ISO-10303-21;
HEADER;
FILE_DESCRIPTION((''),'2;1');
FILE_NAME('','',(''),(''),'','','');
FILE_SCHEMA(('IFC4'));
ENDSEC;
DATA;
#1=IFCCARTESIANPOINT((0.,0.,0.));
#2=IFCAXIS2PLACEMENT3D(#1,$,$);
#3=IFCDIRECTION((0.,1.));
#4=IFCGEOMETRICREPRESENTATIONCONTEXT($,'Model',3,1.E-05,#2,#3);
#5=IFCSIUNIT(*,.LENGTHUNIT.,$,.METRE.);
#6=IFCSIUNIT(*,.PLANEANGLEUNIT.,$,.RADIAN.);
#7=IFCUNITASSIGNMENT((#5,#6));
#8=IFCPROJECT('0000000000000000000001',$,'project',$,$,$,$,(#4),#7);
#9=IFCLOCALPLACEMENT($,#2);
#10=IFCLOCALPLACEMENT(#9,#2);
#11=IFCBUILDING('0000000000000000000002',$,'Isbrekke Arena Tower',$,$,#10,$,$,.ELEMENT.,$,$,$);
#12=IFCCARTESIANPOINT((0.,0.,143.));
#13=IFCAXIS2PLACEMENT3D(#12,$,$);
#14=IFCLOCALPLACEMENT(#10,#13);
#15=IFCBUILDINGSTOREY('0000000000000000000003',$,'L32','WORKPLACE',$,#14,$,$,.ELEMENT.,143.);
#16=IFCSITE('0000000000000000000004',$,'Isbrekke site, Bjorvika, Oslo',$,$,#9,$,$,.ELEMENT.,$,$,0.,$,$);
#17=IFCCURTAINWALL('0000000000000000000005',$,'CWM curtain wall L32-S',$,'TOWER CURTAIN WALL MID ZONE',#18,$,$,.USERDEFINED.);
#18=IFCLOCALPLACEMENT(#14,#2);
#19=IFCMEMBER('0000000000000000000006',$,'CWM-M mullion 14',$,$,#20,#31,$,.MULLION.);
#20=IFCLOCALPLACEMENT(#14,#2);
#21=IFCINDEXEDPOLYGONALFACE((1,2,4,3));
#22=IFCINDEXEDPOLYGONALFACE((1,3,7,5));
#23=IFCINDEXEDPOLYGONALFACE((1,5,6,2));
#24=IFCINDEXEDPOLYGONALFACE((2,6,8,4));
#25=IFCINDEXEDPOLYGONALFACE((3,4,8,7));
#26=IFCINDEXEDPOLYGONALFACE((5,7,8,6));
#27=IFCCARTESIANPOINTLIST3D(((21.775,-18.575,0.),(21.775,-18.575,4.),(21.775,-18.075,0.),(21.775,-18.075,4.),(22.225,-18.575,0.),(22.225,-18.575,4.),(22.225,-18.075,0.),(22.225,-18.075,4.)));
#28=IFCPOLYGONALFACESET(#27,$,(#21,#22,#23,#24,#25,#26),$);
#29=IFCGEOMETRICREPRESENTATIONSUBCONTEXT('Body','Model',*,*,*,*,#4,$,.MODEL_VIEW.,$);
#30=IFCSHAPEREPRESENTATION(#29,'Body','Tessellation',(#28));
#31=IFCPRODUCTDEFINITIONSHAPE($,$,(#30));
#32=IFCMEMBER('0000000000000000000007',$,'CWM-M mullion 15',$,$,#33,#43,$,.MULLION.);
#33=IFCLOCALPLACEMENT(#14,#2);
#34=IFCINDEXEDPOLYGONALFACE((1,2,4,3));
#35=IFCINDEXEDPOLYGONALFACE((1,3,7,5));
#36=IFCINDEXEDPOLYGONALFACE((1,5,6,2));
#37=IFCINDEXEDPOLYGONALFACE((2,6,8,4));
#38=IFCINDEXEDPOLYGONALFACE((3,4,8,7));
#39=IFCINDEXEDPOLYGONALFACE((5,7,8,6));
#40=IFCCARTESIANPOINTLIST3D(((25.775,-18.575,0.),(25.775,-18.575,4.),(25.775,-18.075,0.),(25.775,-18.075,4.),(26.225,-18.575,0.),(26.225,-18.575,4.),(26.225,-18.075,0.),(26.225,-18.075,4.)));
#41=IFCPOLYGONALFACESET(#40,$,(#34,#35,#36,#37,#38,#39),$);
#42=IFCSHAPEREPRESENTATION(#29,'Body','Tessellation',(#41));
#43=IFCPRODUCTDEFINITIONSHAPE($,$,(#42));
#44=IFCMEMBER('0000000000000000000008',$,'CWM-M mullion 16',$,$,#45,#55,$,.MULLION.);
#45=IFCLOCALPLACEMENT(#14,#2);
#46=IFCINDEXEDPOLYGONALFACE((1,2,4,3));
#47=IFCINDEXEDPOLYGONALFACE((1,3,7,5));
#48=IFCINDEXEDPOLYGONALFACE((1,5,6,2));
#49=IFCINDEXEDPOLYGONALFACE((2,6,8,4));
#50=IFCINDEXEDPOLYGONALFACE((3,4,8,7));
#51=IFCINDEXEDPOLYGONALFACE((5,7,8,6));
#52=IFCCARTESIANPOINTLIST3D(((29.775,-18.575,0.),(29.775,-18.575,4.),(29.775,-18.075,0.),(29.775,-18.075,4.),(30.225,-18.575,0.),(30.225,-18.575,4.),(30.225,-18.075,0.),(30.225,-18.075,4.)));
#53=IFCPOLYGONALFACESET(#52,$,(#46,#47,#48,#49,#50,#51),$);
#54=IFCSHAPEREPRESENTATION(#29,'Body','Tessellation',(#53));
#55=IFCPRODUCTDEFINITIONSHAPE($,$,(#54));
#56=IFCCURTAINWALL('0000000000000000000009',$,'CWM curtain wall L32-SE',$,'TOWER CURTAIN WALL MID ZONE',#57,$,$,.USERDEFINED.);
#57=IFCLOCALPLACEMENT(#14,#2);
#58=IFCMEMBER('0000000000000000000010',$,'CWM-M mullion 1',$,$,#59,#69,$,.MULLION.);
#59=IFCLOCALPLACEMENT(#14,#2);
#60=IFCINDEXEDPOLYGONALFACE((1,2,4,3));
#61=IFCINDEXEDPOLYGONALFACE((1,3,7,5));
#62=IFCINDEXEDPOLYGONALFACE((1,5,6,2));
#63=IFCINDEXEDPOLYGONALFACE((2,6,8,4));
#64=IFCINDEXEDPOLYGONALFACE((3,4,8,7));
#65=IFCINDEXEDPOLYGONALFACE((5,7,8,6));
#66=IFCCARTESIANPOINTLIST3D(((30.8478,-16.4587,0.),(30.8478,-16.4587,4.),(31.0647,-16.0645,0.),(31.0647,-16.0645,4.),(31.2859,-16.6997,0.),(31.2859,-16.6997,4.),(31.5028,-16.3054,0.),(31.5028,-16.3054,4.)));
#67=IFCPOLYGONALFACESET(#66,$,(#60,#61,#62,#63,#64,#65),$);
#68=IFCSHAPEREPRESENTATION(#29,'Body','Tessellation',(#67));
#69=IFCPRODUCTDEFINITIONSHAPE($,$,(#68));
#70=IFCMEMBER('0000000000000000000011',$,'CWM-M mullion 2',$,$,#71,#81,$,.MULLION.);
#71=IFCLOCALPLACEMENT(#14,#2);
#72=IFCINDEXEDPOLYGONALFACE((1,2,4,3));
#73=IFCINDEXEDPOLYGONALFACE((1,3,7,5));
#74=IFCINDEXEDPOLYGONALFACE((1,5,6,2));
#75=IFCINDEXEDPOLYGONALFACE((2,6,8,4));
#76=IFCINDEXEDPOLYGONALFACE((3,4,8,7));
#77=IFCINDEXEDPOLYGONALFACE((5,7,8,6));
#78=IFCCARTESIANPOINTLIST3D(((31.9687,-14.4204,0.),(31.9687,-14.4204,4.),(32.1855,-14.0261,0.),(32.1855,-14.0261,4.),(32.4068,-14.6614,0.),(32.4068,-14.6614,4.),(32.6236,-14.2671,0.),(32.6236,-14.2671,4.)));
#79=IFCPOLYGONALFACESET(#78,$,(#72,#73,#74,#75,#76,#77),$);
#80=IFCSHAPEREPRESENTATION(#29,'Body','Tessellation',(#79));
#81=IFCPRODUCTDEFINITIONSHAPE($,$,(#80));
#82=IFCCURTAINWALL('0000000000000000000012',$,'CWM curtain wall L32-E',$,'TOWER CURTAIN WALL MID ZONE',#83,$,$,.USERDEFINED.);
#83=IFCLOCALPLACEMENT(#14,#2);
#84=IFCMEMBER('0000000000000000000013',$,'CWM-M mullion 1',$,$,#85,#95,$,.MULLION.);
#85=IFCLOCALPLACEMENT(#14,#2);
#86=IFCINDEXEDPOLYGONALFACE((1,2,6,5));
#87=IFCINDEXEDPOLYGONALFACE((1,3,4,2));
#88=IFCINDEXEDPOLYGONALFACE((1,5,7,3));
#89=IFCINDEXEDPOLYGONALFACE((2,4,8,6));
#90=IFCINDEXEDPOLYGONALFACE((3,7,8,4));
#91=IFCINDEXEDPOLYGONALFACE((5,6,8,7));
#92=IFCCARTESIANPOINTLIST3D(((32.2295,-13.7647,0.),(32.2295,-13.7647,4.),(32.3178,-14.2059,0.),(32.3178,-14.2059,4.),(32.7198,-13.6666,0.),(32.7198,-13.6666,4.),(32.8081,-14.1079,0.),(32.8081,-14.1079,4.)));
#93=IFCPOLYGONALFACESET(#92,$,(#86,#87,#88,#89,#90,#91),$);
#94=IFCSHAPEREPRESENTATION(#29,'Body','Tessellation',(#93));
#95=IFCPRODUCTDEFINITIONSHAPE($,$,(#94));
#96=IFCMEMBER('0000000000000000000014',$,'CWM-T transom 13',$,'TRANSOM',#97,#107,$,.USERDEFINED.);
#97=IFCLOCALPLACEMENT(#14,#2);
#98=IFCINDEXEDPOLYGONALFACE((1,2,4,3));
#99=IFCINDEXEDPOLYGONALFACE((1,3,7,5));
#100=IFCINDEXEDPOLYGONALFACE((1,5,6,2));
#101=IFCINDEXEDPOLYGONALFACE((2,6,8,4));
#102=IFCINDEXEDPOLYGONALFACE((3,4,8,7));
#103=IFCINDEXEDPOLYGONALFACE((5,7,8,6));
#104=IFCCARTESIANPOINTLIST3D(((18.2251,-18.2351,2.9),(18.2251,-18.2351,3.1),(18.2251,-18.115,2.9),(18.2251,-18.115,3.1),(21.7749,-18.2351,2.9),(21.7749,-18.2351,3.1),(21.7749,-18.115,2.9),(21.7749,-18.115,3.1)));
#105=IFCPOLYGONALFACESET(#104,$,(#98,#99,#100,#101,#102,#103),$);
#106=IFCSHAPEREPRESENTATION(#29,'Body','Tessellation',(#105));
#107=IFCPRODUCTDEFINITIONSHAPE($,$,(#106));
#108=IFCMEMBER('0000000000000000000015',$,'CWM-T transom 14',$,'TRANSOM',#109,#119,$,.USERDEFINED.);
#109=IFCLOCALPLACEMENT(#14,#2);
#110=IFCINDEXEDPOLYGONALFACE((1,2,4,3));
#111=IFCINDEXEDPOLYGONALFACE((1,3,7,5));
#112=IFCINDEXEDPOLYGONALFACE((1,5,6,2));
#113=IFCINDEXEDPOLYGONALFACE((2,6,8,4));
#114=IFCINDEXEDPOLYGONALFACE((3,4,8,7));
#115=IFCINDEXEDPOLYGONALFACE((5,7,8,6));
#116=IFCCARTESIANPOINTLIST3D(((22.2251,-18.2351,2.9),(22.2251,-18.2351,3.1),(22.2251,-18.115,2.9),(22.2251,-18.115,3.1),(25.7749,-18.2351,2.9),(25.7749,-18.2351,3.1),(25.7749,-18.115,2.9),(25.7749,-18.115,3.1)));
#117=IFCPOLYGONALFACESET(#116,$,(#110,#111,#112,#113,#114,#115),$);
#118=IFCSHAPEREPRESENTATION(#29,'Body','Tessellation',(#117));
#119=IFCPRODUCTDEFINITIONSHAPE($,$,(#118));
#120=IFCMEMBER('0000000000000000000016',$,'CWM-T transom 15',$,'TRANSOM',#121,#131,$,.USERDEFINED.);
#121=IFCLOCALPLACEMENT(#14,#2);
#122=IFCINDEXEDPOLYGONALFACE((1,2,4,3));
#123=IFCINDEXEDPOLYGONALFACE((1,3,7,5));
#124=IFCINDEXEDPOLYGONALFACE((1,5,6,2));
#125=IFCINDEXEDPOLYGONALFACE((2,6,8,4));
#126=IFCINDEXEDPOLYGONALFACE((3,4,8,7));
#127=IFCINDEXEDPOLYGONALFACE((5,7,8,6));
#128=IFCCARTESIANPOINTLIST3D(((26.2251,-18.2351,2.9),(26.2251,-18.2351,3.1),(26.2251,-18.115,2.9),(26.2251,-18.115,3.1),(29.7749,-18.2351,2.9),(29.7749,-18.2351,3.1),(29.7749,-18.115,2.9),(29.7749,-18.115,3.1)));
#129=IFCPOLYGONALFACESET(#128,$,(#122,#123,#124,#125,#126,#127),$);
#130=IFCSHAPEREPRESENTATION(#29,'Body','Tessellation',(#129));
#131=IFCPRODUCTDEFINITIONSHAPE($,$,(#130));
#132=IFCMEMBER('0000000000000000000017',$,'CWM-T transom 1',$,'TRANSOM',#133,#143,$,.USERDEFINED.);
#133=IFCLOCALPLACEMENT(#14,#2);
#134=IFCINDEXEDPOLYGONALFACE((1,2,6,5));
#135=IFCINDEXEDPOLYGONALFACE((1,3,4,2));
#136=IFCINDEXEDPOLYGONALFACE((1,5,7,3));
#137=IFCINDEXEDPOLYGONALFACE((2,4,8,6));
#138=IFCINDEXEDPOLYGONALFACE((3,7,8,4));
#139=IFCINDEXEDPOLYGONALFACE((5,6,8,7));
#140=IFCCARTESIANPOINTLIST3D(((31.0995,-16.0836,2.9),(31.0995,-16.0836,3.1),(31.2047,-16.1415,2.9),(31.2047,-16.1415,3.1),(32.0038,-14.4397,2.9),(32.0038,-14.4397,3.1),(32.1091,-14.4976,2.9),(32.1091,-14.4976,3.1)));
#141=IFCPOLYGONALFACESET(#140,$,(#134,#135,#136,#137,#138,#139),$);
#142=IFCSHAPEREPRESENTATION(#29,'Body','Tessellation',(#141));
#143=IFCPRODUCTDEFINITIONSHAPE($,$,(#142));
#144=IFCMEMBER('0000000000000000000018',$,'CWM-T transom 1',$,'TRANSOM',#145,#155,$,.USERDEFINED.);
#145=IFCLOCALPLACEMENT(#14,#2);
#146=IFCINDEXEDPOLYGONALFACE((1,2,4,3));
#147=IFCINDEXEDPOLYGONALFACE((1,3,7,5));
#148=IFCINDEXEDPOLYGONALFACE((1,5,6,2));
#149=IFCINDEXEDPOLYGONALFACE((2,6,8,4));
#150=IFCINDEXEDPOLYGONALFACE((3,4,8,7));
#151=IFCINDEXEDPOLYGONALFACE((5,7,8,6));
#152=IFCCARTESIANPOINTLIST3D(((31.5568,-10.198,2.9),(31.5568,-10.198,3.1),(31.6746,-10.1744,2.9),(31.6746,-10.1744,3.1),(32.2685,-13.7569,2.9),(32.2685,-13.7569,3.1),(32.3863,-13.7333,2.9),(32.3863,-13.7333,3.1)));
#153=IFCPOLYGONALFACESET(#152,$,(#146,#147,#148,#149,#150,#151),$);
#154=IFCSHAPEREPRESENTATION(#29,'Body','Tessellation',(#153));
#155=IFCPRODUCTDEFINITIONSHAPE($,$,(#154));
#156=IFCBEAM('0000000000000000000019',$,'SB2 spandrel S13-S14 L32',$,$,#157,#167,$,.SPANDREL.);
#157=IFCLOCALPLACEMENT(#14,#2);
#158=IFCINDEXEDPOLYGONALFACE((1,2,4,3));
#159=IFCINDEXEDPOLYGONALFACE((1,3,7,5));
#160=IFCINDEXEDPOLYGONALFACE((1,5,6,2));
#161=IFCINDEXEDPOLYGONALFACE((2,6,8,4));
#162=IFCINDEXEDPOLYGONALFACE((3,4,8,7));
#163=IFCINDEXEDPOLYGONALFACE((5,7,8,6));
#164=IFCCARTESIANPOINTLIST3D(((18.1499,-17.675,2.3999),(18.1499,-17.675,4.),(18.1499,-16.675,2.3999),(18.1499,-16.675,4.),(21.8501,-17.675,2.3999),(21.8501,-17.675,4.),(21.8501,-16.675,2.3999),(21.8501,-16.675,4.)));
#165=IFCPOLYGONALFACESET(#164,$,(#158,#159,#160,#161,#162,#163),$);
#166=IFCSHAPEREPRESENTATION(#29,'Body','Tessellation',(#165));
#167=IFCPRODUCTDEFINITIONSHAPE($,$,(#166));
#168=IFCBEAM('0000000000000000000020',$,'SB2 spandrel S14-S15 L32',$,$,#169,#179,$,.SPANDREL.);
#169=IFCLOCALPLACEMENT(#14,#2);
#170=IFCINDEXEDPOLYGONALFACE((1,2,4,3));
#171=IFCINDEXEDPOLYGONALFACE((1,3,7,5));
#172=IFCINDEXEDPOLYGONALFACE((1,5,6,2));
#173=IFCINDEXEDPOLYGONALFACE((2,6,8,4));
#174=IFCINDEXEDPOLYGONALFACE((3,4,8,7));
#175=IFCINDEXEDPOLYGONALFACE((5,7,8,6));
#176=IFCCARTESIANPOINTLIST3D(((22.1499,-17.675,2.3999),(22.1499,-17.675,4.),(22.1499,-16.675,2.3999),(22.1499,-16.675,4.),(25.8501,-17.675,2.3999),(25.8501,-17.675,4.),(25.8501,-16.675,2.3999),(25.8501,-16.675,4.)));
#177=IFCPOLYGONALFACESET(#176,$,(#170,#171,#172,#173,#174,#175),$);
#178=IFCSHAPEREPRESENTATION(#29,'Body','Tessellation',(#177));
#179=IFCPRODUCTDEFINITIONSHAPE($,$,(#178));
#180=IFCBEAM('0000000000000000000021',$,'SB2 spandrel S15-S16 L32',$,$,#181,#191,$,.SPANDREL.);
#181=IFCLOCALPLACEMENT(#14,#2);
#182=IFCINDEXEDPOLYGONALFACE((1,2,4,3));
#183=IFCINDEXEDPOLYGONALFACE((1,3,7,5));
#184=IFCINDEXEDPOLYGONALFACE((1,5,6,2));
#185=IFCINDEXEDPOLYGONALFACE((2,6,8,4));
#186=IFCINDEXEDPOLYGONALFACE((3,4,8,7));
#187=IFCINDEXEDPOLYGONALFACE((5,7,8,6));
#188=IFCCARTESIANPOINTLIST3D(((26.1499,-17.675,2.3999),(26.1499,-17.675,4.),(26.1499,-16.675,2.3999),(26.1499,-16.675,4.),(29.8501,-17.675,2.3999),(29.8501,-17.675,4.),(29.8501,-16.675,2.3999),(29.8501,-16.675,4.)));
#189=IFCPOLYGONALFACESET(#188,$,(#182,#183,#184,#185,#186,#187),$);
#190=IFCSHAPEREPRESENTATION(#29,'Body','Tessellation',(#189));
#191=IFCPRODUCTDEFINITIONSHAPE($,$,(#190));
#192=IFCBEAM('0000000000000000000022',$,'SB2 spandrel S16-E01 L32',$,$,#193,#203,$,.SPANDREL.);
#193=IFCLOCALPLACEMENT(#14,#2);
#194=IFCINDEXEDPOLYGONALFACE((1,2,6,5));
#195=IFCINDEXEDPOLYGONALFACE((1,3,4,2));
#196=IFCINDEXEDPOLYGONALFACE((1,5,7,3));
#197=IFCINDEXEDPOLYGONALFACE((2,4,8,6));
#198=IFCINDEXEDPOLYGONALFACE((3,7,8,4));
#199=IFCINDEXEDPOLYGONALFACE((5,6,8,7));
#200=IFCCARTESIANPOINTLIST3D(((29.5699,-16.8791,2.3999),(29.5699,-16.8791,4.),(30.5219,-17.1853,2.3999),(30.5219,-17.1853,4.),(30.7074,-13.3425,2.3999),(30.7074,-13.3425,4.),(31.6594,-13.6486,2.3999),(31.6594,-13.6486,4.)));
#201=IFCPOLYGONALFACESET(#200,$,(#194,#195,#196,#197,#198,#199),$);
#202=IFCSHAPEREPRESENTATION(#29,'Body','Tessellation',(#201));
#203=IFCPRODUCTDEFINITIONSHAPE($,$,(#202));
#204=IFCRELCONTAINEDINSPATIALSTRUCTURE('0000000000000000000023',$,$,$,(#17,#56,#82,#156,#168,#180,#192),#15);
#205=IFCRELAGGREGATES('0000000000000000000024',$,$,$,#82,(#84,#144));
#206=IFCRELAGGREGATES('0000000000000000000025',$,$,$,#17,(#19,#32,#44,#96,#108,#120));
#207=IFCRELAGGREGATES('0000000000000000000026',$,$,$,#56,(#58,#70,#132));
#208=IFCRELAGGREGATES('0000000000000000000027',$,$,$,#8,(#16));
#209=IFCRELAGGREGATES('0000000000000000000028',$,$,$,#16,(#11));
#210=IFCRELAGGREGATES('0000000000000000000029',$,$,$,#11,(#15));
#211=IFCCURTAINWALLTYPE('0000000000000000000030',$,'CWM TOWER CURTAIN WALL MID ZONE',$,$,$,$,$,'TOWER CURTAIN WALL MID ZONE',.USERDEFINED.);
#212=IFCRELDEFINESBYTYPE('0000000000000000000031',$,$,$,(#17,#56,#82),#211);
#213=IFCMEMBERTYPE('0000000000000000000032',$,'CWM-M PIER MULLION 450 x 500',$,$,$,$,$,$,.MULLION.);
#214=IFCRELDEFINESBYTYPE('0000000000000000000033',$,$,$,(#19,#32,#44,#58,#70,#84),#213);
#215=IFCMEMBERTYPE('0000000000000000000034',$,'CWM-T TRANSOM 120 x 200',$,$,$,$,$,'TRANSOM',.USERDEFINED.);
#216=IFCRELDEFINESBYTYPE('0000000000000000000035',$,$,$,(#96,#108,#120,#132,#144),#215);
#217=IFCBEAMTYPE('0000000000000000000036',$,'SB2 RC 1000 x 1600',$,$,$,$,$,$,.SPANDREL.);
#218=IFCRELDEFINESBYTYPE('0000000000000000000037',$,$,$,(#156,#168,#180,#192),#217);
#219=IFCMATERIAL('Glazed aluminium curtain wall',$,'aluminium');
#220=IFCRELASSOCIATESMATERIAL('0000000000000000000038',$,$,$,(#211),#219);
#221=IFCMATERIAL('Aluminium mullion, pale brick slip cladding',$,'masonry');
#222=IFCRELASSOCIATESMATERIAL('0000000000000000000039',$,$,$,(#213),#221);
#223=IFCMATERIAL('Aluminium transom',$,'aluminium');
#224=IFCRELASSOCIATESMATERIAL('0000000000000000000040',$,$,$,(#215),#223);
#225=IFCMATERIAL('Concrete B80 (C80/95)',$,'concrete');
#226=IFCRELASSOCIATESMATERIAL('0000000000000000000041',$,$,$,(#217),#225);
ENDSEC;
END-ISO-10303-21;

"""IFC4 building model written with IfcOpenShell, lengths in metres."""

from ifc_helpers import new_model, si_unit, direction, frame, origin, origin_2d, place, context, subcontext, project, spatial, rectangle, extrude, material, material_profile, profile_set, type_object, element, aggregate, save


model = new_model("IFC4")

# Units and contexts
model_context = context("Model", 3, precision=1e-05, world=origin(), true_north=direction((0.0, 1.0)))
body_context = subcontext(model_context, "Body", "Model", "MODEL_VIEW")
ifc_project = project(units=[si_unit("LENGTHUNIT", "METRE"), si_unit("PLANEANGLEUNIT", "RADIAN")], contexts=[model_context])

# Site, building, storey
site_placement = place(None, origin())
site = spatial("IfcSite", under=ifc_project, at=site_placement, Name="Isbrekke site, Bjorvika, Oslo", CompositionType="ELEMENT", RefElevation=0.0)
building_placement = place(site_placement, origin())
building = spatial("IfcBuilding", under=site, at=building_placement, Name="Isbrekke Arena Tower", CompositionType="ELEMENT")
storey_placement = place(building_placement, frame((0.0, 0.0, 143.0)))
storey = spatial("IfcBuildingStorey", under=building, at=storey_placement, Name="L32", Description="WORKPLACE", CompositionType="ELEMENT", Elevation=143.0)

# Curtain walls, members
ifc_material_1 = material(Name="Glazed aluminium curtain wall", Category="aluminium")
curtain_wall_type = type_object("IfcCurtainWallType", Name="CWM TOWER CURTAIN WALL MID ZONE", ElementType="TOWER CURTAIN WALL MID ZONE", PredefinedType="USERDEFINED", material=ifc_material_1)
curtain_wall_1_placement = place(storey_placement, origin())
curtain_wall_1 = element("IfcCurtainWall", 1, at=curtain_wall_1_placement, inside=storey, type_object=curtain_wall_type, Name="CWM curtain wall L32-S", ObjectType="TOWER CURTAIN WALL MID ZONE", PredefinedType="USERDEFINED")
ifc_material_2 = material(Name="Aluminium mullion, pale brick slip cladding", Category="masonry")
ifc_material_profile_1 = material_profile(ifc_material_2, rectangle(XDim=0.45, YDim=0.5, at=origin_2d()), Name="PIER 450X500")
ifc_profile_set_1 = profile_set([ifc_material_profile_1], Name="Aluminium mullion, pale brick slip cladding")
member_type_1 = type_object("IfcMemberType", Name="CWM-M PIER MULLION 450 x 500", PredefinedType="MULLION", material=ifc_profile_set_1)
member_1_placement = place(storey_placement, frame((22.0, -18.325, 0.0), z_axis=(0.0, 0.0, 1.0), x_axis=(1.0, 0.0, 0.0)))
member_1 = element("IfcMember", 2, at=member_1_placement, type_object=member_type_1, Name="CWM-M mullion 14", PredefinedType="MULLION", context=body_context, shape_type="SweptSolid", body=[
    extrude(rectangle(XDim=0.45, YDim=0.5, at=origin_2d()), origin(), (0.0, 0.0, 1.0), 4.0),
])
member_2_placement = place(storey_placement, frame((26.0, -18.325, 0.0), z_axis=(0.0, 0.0, 1.0), x_axis=(1.0, 0.0, 0.0)))
member_2 = element("IfcMember", 3, at=member_2_placement, type_object=member_type_1, Name="CWM-M mullion 15", PredefinedType="MULLION", context=body_context, shape_type="SweptSolid", body=[
    extrude(rectangle(XDim=0.45, YDim=0.5, at=origin_2d()), origin(), (0.0, 0.0, 1.0), 4.0),
])
member_3_placement = place(storey_placement, frame((30.0, -18.325, 0.0), z_axis=(0.0, 0.0, 1.0), x_axis=(1.0, 0.0, 0.0)))
member_3 = element("IfcMember", 4, at=member_3_placement, type_object=member_type_1, Name="CWM-M mullion 16", PredefinedType="MULLION", context=body_context, shape_type="SweptSolid", body=[
    extrude(rectangle(XDim=0.45, YDim=0.5, at=origin_2d()), origin(), (0.0, 0.0, 1.0), 4.0),
])
curtain_wall_2_placement = place(storey_placement, origin())
curtain_wall_2 = element("IfcCurtainWall", 5, at=curtain_wall_2_placement, inside=storey, type_object=curtain_wall_type, Name="CWM curtain wall L32-SE", ObjectType="TOWER CURTAIN WALL MID ZONE", PredefinedType="USERDEFINED")
member_4_placement = place(storey_placement, frame((31.1753, -16.3821, 0.0), z_axis=(0.0, 0.0, 1.0), x_axis=(0.481919, 0.876216, 0.0)))
member_4 = element("IfcMember", 6, at=member_4_placement, type_object=member_type_1, Name="CWM-M mullion 1", PredefinedType="MULLION", context=body_context, shape_type="SweptSolid", body=[
    extrude(rectangle(XDim=0.45, YDim=0.5, at=origin_2d()), origin(), (0.0, 0.0, 1.0), 4.0),
])
member_5_placement = place(storey_placement, frame((32.2961, -14.3438, 0.0), z_axis=(0.0, 0.0, 1.0), x_axis=(0.481919, 0.876216, 0.0)))
member_5 = element("IfcMember", 7, at=member_5_placement, type_object=member_type_1, Name="CWM-M mullion 2", PredefinedType="MULLION", context=body_context, shape_type="SweptSolid", body=[
    extrude(rectangle(XDim=0.45, YDim=0.5, at=origin_2d()), origin(), (0.0, 0.0, 1.0), 4.0),
])

# Curtain wall, member
curtain_wall_3_placement = place(storey_placement, origin())
curtain_wall_3 = element("IfcCurtainWall", 8, at=curtain_wall_3_placement, inside=storey, type_object=curtain_wall_type, Name="CWM curtain wall L32-E", ObjectType="TOWER CURTAIN WALL MID ZONE", PredefinedType="USERDEFINED")
member_6_placement = place(storey_placement, frame((32.5188, -13.9363, 0.0), z_axis=(0.0, 0.0, 1.0), x_axis=(-0.196116, 0.980581, 0.0)))
member_6 = element("IfcMember", 9, at=member_6_placement, type_object=member_type_1, Name="CWM-M mullion 1", PredefinedType="MULLION", context=body_context, shape_type="SweptSolid", body=[
    extrude(rectangle(XDim=0.45, YDim=0.5, at=origin_2d()), origin(), (0.0, 0.0, 1.0), 4.0),
])

# Members
ifc_material_3 = material(Name="Aluminium transom", Category="aluminium")
ifc_material_profile_2 = material_profile(ifc_material_3, rectangle(XDim=0.1201, YDim=0.2, at=origin_2d()), Name="TRANSOM 120X200")
ifc_profile_set_2 = profile_set([ifc_material_profile_2], Name="Aluminium transom")
member_type_2 = type_object("IfcMemberType", Name="CWM-T TRANSOM 120 x 200", ElementType="TRANSOM", PredefinedType="USERDEFINED", material=ifc_profile_set_2)
member_7_placement = place(storey_placement, frame((18.2251, -18.175, 3.0), z_axis=(1.0, 0.0, 0.0), x_axis=(0.0, 1.0, 0.0)))
member_7 = element("IfcMember", 10, at=member_7_placement, type_object=member_type_2, Name="CWM-T transom 13", ObjectType="TRANSOM", PredefinedType="USERDEFINED", context=body_context, shape_type="SweptSolid", body=[
    extrude(rectangle(XDim=0.1201, YDim=0.2, at=origin_2d()), origin(), (0.0, 0.0, 1.0), 3.5498),
])
member_8_placement = place(storey_placement, frame((22.2251, -18.175, 3.0), z_axis=(1.0, 0.0, 0.0), x_axis=(0.0, 1.0, 0.0)))
member_8 = element("IfcMember", 11, at=member_8_placement, type_object=member_type_2, Name="CWM-T transom 14", ObjectType="TRANSOM", PredefinedType="USERDEFINED", context=body_context, shape_type="SweptSolid", body=[
    extrude(rectangle(XDim=0.1201, YDim=0.2, at=origin_2d()), origin(), (0.0, 0.0, 1.0), 3.5498),
])
member_9_placement = place(storey_placement, frame((26.2251, -18.175, 3.0), z_axis=(1.0, 0.0, 0.0), x_axis=(0.0, 1.0, 0.0)))
member_9 = element("IfcMember", 12, at=member_9_placement, type_object=member_type_2, Name="CWM-T transom 15", ObjectType="TRANSOM", PredefinedType="USERDEFINED", context=body_context, shape_type="SweptSolid", body=[
    extrude(rectangle(XDim=0.1201, YDim=0.2, at=origin_2d()), origin(), (0.0, 0.0, 1.0), 3.5498),
])
member_10_placement = place(storey_placement, frame((31.1521, -16.1125, 3.0), z_axis=(0.482004, 0.876169, 0.0), x_axis=(-0.876169, 0.482004, 0.0)))
member_10 = element("IfcMember", 13, at=member_10_placement, type_object=member_type_2, Name="CWM-T transom 1", ObjectType="TRANSOM", PredefinedType="USERDEFINED", context=body_context, shape_type="SweptSolid", body=[
    extrude(rectangle(XDim=0.1201, YDim=0.2, at=origin_2d()), origin(), (0.0, 0.0, 1.0), 1.8762),
])
member_11_placement = place(storey_placement, frame((32.3274, -13.7451, 3.0), z_axis=(-0.19609, 0.980586, 0.0), x_axis=(-0.980586, -0.19609, 0.0)))
member_11 = element("IfcMember", 14, at=member_11_placement, type_object=member_type_2, Name="CWM-T transom 1", ObjectType="TRANSOM", PredefinedType="USERDEFINED", context=body_context, shape_type="SweptSolid", body=[
    extrude(rectangle(XDim=0.1201, YDim=0.2, at=origin_2d()), origin(), (0.0, 0.0, 1.0), 3.6294),
])
aggregate(curtain_wall_3, [member_6, member_11])

# Beams
ifc_material_4 = material(Name="Concrete B80 (C80/95)", Category="concrete")
ifc_material_profile_3 = material_profile(ifc_material_4, rectangle(XDim=1.0, YDim=1.6001, at=origin_2d()), Name="RC 1000x1600")
ifc_profile_set_3 = profile_set([ifc_material_profile_3], Name="Concrete B80 (C80/95)")
beam_type_1 = type_object("IfcBeamType", Name="SB2 RC 1000 x 1600", PredefinedType="SPANDREL", material=ifc_profile_set_3)
for number, where, z_axis, x_axis, name in (
    (15, (18.1499, -17.175, 3.2), (1.0, 0.0, 0.0), (0.0, 1.0, 0.0), "SB2 spandrel S13-S14 L32"),
    (16, (22.1499, -17.175, 3.2), (1.0, 0.0, 0.0), (0.0, 1.0, 0.0), "SB2 spandrel S14-S15 L32"),
    (17, (26.1499, -17.175, 3.2), (1.0, 0.0, 0.0), (0.0, 1.0, 0.0), "SB2 spandrel S15-S16 L32"),
):
    element("IfcBeam", number, at=place(storey_placement, frame(where, z_axis=z_axis, x_axis=x_axis)), inside=storey, type_object=beam_type_1, Name=name, PredefinedType="SPANDREL", context=body_context, shape_type="SweptSolid", body=[
        extrude(rectangle(XDim=1.0, YDim=1.6001, at=origin_2d()), origin(), (0.0, 0.0, 1.0), 3.7002),
    ])
beam_1_placement = place(storey_placement, frame((30.0459, -17.0322, 3.2), z_axis=(0.306175, 0.951975, 0.0), x_axis=(-0.951975, 0.306175, 0.0)))
element("IfcBeam", 18, at=beam_1_placement, inside=storey, type_object=beam_type_1, Name="SB2 spandrel S16-E01 L32", PredefinedType="SPANDREL", context=body_context, shape_type="SweptSolid", body=[
    extrude(rectangle(XDim=1.0, YDim=1.6001, at=origin_2d()), origin(), (0.0, 0.0, 1.0), 3.7151),
])

aggregate(curtain_wall_1, [member_1, member_2, member_3, member_7, member_8, member_9])
aggregate(curtain_wall_2, [member_4, member_5, member_10])

save(model, "model.ifc")
